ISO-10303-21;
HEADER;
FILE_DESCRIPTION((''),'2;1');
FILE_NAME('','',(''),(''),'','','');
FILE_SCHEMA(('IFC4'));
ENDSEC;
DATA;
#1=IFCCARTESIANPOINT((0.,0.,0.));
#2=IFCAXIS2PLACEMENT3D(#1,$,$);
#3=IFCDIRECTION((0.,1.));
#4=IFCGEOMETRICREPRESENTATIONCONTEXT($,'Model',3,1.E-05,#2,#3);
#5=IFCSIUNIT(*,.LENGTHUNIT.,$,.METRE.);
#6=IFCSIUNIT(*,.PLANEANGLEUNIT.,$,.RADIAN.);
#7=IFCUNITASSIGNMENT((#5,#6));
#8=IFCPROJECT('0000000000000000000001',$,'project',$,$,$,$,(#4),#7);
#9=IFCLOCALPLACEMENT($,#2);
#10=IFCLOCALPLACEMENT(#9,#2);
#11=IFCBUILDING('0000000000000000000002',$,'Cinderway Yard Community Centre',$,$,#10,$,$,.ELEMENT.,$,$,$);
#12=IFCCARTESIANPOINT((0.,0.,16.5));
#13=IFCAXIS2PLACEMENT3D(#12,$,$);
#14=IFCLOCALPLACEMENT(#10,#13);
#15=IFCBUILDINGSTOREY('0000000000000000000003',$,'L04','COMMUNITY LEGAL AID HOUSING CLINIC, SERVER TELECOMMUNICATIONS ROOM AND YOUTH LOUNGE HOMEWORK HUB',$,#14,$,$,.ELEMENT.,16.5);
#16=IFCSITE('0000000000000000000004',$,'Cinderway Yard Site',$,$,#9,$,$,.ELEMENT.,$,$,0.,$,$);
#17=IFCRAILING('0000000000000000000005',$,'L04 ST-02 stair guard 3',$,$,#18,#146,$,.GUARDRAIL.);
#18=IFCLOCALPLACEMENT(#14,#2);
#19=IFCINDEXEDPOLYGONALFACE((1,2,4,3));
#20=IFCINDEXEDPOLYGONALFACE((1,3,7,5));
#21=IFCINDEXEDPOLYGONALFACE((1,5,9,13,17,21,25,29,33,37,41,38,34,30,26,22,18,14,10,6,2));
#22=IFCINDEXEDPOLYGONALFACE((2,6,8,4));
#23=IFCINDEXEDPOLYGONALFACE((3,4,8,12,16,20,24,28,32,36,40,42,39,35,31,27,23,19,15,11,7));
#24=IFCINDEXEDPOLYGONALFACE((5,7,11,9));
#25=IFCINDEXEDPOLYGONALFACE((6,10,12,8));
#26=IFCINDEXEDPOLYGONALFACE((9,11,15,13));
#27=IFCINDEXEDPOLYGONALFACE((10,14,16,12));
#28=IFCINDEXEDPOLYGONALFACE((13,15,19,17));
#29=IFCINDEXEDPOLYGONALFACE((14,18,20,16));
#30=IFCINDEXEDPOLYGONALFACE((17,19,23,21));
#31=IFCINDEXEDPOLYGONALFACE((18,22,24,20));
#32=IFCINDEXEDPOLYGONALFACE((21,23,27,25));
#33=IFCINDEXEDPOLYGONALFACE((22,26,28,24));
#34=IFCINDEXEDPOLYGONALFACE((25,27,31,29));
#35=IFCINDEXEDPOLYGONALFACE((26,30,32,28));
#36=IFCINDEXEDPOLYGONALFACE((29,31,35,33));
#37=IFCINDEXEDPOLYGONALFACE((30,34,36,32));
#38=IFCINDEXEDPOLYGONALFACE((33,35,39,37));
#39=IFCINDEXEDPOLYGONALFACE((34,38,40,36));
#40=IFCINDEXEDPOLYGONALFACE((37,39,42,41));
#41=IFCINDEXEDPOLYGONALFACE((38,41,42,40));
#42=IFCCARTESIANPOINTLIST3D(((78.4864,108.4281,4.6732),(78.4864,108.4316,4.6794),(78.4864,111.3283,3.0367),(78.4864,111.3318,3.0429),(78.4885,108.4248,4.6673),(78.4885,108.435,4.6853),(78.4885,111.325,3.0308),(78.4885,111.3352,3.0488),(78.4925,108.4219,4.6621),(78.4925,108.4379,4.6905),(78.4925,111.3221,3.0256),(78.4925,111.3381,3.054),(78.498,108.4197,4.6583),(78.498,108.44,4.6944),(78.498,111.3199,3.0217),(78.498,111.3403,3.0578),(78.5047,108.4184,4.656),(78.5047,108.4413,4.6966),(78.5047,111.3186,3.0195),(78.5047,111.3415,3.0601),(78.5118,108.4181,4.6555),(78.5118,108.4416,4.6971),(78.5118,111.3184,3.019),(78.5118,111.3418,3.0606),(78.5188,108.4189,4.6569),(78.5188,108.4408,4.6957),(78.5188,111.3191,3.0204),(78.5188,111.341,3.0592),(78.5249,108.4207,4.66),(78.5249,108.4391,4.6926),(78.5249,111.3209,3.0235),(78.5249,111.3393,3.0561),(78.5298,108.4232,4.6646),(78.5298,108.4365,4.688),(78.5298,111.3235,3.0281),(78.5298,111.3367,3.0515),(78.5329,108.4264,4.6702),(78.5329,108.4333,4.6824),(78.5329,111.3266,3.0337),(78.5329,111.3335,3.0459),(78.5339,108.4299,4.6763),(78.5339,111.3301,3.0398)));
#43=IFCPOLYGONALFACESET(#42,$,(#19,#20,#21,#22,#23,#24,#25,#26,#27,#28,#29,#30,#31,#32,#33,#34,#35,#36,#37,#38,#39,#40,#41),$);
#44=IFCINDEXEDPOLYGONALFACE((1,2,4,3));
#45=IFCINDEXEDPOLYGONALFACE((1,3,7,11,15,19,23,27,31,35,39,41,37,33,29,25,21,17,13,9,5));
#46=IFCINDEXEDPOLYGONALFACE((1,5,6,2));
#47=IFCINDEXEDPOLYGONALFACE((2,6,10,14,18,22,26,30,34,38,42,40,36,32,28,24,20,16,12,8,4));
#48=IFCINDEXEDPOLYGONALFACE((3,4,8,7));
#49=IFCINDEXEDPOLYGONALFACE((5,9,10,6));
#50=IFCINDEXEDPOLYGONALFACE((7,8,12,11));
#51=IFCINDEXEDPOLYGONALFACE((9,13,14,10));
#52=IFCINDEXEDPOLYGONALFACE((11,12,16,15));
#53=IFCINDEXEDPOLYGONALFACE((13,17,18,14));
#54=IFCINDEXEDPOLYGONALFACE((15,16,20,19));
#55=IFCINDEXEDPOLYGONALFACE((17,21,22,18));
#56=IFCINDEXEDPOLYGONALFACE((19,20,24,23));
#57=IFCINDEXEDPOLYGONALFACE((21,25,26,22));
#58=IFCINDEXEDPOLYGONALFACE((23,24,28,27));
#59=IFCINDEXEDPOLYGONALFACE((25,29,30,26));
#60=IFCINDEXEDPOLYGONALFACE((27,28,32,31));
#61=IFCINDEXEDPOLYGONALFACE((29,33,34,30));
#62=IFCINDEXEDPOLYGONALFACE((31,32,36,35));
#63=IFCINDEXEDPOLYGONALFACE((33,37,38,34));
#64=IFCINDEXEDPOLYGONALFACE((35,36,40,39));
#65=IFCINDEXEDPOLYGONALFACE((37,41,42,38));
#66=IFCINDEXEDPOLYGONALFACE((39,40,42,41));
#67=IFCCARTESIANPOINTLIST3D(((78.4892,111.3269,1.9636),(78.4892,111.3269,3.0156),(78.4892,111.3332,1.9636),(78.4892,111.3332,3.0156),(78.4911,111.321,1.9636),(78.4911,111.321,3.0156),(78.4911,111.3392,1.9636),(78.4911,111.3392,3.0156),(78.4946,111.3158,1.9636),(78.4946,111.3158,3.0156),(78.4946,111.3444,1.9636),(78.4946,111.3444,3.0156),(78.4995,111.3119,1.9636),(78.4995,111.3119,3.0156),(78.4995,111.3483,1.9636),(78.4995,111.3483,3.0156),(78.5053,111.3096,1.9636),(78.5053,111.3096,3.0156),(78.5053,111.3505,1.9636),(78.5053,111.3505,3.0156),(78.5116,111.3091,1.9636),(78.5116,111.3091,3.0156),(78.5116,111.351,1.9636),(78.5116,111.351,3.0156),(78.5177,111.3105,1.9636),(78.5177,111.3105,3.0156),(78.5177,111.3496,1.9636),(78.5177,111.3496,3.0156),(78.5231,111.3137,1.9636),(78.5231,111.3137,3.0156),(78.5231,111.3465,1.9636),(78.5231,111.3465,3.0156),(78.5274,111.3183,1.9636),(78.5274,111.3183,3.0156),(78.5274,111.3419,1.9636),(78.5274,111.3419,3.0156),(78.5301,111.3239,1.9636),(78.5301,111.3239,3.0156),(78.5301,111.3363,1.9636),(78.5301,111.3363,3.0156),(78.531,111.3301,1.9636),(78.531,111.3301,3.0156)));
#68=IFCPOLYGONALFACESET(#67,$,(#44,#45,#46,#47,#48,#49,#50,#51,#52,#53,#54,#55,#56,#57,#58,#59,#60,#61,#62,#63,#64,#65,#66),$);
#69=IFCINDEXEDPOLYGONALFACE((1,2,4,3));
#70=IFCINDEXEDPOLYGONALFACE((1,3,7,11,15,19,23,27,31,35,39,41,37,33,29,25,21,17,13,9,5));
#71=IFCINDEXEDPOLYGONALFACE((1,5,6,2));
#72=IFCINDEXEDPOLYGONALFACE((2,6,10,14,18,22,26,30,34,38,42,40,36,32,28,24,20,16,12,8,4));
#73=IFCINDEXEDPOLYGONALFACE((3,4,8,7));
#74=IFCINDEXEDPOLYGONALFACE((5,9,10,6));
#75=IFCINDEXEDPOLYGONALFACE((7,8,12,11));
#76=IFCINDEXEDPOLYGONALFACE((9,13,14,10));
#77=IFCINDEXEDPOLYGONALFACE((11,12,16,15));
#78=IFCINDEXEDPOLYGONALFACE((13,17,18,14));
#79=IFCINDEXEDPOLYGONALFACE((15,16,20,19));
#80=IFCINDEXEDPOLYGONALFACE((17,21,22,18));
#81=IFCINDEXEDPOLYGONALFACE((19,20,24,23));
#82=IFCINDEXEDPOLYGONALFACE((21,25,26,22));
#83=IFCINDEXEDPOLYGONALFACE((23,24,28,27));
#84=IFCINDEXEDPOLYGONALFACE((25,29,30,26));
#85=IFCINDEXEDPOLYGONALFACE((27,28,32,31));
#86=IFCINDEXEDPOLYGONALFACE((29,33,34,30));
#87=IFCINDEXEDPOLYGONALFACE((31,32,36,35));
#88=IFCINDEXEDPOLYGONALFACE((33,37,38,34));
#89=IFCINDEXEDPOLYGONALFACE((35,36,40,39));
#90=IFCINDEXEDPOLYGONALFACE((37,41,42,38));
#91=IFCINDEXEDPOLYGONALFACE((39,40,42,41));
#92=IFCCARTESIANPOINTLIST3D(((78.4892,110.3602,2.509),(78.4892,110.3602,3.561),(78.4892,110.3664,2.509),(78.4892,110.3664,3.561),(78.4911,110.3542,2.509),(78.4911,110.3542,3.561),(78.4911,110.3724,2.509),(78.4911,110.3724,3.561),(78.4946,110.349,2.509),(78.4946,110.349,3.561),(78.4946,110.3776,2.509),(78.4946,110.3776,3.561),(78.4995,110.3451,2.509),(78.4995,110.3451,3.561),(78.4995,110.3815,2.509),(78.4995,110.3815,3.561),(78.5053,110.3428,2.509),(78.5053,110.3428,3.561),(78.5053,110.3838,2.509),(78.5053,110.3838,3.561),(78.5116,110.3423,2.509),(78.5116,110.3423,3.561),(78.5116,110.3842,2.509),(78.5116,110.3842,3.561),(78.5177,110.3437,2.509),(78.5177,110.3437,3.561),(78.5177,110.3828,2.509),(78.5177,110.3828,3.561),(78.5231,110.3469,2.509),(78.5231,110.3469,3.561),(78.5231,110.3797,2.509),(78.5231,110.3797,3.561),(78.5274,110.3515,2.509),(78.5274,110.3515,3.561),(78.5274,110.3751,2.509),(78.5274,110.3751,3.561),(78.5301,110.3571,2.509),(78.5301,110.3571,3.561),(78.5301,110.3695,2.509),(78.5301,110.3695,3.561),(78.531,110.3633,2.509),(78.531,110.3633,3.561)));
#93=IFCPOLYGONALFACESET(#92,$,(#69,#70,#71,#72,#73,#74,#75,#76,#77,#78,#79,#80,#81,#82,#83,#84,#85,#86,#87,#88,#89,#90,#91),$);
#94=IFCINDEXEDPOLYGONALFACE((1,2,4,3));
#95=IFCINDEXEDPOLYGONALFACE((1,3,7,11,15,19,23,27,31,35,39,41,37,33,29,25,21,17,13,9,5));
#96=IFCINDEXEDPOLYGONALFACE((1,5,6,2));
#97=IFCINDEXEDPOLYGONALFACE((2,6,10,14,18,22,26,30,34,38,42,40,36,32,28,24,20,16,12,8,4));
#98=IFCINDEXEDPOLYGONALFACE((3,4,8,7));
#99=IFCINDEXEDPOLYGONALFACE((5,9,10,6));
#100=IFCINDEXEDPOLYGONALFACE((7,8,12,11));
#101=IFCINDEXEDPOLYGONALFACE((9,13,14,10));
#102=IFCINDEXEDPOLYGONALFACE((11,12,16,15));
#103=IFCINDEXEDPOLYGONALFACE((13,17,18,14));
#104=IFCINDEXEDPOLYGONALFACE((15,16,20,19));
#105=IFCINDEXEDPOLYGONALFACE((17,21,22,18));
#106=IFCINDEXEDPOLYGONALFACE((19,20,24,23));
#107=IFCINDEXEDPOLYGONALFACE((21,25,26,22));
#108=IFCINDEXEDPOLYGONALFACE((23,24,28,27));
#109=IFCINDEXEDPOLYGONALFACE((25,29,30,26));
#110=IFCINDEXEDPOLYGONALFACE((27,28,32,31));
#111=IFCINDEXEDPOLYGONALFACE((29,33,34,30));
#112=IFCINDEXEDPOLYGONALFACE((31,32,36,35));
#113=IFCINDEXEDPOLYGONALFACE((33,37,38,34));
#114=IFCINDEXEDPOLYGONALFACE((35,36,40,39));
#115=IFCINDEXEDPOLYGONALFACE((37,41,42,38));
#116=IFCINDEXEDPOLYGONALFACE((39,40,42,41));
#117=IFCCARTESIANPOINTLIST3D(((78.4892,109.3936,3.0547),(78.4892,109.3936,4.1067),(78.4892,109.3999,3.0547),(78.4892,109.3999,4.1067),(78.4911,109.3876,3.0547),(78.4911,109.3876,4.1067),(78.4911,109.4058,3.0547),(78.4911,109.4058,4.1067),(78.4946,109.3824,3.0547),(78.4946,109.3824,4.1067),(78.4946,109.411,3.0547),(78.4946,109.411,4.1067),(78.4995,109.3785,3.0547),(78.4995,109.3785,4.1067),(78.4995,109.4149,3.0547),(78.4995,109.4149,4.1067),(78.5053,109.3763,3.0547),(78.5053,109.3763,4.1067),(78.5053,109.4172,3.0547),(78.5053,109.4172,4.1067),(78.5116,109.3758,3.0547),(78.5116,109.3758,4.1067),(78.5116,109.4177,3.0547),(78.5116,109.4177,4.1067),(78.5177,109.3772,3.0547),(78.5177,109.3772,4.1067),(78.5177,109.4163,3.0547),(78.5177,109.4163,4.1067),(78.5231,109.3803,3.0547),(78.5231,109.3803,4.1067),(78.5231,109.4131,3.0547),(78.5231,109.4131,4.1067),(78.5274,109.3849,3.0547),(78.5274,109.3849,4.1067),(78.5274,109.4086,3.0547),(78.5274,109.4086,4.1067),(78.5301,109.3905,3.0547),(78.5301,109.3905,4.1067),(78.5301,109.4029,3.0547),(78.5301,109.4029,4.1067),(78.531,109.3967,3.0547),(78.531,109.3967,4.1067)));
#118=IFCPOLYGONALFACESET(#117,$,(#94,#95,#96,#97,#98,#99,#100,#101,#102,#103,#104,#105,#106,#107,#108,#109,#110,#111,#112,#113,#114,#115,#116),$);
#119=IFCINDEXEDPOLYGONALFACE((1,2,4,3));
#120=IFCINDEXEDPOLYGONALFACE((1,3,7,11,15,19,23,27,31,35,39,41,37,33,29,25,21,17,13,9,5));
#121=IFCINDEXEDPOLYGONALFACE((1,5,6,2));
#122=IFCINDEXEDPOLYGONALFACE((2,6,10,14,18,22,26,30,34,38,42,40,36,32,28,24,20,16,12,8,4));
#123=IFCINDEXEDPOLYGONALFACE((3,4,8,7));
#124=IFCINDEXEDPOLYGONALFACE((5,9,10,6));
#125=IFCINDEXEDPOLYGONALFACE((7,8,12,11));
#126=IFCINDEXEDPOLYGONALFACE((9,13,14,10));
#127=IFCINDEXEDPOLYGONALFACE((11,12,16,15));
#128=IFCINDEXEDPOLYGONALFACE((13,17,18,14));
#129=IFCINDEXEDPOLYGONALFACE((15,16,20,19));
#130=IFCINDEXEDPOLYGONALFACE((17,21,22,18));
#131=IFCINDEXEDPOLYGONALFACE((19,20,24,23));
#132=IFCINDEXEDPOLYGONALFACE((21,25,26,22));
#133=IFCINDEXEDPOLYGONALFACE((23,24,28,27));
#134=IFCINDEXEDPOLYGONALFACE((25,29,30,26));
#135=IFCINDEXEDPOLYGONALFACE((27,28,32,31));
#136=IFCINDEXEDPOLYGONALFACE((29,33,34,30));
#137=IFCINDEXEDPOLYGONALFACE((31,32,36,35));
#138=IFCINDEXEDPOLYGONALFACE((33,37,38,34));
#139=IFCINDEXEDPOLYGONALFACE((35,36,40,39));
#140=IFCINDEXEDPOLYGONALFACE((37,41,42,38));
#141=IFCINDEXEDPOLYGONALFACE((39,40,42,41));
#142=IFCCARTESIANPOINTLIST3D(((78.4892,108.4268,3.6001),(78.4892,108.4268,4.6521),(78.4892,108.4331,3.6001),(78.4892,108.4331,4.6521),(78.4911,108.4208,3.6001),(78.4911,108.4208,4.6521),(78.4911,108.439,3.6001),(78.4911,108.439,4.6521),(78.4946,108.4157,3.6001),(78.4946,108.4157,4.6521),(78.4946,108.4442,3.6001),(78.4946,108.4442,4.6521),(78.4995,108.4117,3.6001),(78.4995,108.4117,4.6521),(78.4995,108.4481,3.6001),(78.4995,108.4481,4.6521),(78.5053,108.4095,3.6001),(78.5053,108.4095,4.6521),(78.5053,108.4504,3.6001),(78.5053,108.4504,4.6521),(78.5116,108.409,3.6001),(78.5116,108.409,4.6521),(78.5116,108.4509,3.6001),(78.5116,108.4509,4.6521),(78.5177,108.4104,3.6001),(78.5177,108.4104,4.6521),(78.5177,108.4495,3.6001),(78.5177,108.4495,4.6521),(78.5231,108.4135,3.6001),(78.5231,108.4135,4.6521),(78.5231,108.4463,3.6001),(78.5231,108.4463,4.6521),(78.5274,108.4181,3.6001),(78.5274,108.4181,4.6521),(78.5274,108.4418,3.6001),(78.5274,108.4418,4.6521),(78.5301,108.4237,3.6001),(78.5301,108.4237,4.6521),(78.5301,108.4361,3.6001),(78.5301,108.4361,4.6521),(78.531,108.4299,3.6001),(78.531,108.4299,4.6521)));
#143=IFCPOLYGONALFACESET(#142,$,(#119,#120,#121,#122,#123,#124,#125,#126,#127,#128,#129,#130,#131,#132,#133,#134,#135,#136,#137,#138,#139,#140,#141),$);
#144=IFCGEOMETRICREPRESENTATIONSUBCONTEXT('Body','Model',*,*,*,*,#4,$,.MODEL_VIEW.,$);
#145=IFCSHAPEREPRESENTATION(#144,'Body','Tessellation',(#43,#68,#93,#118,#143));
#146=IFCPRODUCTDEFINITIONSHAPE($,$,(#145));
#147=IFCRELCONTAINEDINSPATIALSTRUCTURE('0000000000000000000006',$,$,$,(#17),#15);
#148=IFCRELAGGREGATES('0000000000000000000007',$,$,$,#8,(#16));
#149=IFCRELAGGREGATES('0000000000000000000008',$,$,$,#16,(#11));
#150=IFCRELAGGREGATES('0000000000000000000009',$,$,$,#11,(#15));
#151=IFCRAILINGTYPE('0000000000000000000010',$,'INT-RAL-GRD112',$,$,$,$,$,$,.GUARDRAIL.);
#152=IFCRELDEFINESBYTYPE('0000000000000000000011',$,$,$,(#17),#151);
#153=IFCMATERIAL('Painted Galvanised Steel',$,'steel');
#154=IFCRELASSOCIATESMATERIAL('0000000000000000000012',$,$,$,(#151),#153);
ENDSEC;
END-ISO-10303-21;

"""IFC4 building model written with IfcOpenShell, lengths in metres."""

from ifc_helpers import new_model, si_unit, direction, frame, origin, origin_2d, place, context, subcontext, project, spatial, circle, extrude, material, type_object, element, save


model = new_model("IFC4")

# Units and contexts
model_context = context("Model", 3, precision=1e-05, world=origin(), true_north=direction((0.0, 1.0)))
body_context = subcontext(model_context, "Body", "Model", "MODEL_VIEW")
ifc_project = project(units=[si_unit("LENGTHUNIT", "METRE"), si_unit("PLANEANGLEUNIT", "RADIAN")], contexts=[model_context])

# Site, building, storey
site_placement = place(None, origin())
site = spatial("IfcSite", under=ifc_project, at=site_placement, Name="Cinderway Yard Site", CompositionType="ELEMENT", RefElevation=0.0)
building_placement = place(site_placement, origin())
building = spatial("IfcBuilding", under=site, at=building_placement, Name="Cinderway Yard Community Centre", CompositionType="ELEMENT")
storey_placement = place(building_placement, frame((0.0, 0.0, 16.5)))
storey = spatial("IfcBuildingStorey", under=building, at=storey_placement, Name="L04", Description="COMMUNITY LEGAL AID HOUSING CLINIC, SERVER TELECOMMUNICATIONS ROOM AND YOUTH LOUNGE HOMEWORK HUB", CompositionType="ELEMENT", Elevation=16.5)

# Shared definitions
ifc_material_1 = material(Name="Painted Galvanised Steel", Category="steel")

# Railing
railing_type_1 = type_object("IfcRailingType", Name="INT-RAL-GRD112", PredefinedType="GUARDRAIL", material=ifc_material_1)
railing_1_placement = place(storey_placement, frame((78.51, 111.3301, 1.9636)))
element("IfcRailing", 1, at=railing_1_placement, inside=storey, type_object=railing_type_1, Name="L04 ST-02 stair guard 3", PredefinedType="GUARDRAIL", context=body_context, shape_type="SweptSolid", body=[
    extrude(circle(Radius=0.0239, at=origin_2d()), frame((0.0, 0.0, 1.0762), z_axis=(0.0, -0.870915, 0.491434), x_axis=(1.0, 0.0, 0.0)), (0.0, 0.0, 1.0), 3.3301),
    extrude(circle(Radius=0.021, at=origin_2d()), origin(), (0.0, 0.0, 1.0), 1.052),
    extrude(circle(Radius=0.021, at=origin_2d()), frame((0.0, -0.9668, 0.5454)), (0.0, 0.0, 1.0), 1.052),
    extrude(circle(Radius=0.021, at=origin_2d()), frame((0.0, -1.9333, 1.0911)), (0.0, 0.0, 1.0), 1.052),
    extrude(circle(Radius=0.021, at=origin_2d()), frame((0.0, -2.9001, 1.6365)), (0.0, 0.0, 1.0), 1.052),
])

save(model, "model.ifc")
